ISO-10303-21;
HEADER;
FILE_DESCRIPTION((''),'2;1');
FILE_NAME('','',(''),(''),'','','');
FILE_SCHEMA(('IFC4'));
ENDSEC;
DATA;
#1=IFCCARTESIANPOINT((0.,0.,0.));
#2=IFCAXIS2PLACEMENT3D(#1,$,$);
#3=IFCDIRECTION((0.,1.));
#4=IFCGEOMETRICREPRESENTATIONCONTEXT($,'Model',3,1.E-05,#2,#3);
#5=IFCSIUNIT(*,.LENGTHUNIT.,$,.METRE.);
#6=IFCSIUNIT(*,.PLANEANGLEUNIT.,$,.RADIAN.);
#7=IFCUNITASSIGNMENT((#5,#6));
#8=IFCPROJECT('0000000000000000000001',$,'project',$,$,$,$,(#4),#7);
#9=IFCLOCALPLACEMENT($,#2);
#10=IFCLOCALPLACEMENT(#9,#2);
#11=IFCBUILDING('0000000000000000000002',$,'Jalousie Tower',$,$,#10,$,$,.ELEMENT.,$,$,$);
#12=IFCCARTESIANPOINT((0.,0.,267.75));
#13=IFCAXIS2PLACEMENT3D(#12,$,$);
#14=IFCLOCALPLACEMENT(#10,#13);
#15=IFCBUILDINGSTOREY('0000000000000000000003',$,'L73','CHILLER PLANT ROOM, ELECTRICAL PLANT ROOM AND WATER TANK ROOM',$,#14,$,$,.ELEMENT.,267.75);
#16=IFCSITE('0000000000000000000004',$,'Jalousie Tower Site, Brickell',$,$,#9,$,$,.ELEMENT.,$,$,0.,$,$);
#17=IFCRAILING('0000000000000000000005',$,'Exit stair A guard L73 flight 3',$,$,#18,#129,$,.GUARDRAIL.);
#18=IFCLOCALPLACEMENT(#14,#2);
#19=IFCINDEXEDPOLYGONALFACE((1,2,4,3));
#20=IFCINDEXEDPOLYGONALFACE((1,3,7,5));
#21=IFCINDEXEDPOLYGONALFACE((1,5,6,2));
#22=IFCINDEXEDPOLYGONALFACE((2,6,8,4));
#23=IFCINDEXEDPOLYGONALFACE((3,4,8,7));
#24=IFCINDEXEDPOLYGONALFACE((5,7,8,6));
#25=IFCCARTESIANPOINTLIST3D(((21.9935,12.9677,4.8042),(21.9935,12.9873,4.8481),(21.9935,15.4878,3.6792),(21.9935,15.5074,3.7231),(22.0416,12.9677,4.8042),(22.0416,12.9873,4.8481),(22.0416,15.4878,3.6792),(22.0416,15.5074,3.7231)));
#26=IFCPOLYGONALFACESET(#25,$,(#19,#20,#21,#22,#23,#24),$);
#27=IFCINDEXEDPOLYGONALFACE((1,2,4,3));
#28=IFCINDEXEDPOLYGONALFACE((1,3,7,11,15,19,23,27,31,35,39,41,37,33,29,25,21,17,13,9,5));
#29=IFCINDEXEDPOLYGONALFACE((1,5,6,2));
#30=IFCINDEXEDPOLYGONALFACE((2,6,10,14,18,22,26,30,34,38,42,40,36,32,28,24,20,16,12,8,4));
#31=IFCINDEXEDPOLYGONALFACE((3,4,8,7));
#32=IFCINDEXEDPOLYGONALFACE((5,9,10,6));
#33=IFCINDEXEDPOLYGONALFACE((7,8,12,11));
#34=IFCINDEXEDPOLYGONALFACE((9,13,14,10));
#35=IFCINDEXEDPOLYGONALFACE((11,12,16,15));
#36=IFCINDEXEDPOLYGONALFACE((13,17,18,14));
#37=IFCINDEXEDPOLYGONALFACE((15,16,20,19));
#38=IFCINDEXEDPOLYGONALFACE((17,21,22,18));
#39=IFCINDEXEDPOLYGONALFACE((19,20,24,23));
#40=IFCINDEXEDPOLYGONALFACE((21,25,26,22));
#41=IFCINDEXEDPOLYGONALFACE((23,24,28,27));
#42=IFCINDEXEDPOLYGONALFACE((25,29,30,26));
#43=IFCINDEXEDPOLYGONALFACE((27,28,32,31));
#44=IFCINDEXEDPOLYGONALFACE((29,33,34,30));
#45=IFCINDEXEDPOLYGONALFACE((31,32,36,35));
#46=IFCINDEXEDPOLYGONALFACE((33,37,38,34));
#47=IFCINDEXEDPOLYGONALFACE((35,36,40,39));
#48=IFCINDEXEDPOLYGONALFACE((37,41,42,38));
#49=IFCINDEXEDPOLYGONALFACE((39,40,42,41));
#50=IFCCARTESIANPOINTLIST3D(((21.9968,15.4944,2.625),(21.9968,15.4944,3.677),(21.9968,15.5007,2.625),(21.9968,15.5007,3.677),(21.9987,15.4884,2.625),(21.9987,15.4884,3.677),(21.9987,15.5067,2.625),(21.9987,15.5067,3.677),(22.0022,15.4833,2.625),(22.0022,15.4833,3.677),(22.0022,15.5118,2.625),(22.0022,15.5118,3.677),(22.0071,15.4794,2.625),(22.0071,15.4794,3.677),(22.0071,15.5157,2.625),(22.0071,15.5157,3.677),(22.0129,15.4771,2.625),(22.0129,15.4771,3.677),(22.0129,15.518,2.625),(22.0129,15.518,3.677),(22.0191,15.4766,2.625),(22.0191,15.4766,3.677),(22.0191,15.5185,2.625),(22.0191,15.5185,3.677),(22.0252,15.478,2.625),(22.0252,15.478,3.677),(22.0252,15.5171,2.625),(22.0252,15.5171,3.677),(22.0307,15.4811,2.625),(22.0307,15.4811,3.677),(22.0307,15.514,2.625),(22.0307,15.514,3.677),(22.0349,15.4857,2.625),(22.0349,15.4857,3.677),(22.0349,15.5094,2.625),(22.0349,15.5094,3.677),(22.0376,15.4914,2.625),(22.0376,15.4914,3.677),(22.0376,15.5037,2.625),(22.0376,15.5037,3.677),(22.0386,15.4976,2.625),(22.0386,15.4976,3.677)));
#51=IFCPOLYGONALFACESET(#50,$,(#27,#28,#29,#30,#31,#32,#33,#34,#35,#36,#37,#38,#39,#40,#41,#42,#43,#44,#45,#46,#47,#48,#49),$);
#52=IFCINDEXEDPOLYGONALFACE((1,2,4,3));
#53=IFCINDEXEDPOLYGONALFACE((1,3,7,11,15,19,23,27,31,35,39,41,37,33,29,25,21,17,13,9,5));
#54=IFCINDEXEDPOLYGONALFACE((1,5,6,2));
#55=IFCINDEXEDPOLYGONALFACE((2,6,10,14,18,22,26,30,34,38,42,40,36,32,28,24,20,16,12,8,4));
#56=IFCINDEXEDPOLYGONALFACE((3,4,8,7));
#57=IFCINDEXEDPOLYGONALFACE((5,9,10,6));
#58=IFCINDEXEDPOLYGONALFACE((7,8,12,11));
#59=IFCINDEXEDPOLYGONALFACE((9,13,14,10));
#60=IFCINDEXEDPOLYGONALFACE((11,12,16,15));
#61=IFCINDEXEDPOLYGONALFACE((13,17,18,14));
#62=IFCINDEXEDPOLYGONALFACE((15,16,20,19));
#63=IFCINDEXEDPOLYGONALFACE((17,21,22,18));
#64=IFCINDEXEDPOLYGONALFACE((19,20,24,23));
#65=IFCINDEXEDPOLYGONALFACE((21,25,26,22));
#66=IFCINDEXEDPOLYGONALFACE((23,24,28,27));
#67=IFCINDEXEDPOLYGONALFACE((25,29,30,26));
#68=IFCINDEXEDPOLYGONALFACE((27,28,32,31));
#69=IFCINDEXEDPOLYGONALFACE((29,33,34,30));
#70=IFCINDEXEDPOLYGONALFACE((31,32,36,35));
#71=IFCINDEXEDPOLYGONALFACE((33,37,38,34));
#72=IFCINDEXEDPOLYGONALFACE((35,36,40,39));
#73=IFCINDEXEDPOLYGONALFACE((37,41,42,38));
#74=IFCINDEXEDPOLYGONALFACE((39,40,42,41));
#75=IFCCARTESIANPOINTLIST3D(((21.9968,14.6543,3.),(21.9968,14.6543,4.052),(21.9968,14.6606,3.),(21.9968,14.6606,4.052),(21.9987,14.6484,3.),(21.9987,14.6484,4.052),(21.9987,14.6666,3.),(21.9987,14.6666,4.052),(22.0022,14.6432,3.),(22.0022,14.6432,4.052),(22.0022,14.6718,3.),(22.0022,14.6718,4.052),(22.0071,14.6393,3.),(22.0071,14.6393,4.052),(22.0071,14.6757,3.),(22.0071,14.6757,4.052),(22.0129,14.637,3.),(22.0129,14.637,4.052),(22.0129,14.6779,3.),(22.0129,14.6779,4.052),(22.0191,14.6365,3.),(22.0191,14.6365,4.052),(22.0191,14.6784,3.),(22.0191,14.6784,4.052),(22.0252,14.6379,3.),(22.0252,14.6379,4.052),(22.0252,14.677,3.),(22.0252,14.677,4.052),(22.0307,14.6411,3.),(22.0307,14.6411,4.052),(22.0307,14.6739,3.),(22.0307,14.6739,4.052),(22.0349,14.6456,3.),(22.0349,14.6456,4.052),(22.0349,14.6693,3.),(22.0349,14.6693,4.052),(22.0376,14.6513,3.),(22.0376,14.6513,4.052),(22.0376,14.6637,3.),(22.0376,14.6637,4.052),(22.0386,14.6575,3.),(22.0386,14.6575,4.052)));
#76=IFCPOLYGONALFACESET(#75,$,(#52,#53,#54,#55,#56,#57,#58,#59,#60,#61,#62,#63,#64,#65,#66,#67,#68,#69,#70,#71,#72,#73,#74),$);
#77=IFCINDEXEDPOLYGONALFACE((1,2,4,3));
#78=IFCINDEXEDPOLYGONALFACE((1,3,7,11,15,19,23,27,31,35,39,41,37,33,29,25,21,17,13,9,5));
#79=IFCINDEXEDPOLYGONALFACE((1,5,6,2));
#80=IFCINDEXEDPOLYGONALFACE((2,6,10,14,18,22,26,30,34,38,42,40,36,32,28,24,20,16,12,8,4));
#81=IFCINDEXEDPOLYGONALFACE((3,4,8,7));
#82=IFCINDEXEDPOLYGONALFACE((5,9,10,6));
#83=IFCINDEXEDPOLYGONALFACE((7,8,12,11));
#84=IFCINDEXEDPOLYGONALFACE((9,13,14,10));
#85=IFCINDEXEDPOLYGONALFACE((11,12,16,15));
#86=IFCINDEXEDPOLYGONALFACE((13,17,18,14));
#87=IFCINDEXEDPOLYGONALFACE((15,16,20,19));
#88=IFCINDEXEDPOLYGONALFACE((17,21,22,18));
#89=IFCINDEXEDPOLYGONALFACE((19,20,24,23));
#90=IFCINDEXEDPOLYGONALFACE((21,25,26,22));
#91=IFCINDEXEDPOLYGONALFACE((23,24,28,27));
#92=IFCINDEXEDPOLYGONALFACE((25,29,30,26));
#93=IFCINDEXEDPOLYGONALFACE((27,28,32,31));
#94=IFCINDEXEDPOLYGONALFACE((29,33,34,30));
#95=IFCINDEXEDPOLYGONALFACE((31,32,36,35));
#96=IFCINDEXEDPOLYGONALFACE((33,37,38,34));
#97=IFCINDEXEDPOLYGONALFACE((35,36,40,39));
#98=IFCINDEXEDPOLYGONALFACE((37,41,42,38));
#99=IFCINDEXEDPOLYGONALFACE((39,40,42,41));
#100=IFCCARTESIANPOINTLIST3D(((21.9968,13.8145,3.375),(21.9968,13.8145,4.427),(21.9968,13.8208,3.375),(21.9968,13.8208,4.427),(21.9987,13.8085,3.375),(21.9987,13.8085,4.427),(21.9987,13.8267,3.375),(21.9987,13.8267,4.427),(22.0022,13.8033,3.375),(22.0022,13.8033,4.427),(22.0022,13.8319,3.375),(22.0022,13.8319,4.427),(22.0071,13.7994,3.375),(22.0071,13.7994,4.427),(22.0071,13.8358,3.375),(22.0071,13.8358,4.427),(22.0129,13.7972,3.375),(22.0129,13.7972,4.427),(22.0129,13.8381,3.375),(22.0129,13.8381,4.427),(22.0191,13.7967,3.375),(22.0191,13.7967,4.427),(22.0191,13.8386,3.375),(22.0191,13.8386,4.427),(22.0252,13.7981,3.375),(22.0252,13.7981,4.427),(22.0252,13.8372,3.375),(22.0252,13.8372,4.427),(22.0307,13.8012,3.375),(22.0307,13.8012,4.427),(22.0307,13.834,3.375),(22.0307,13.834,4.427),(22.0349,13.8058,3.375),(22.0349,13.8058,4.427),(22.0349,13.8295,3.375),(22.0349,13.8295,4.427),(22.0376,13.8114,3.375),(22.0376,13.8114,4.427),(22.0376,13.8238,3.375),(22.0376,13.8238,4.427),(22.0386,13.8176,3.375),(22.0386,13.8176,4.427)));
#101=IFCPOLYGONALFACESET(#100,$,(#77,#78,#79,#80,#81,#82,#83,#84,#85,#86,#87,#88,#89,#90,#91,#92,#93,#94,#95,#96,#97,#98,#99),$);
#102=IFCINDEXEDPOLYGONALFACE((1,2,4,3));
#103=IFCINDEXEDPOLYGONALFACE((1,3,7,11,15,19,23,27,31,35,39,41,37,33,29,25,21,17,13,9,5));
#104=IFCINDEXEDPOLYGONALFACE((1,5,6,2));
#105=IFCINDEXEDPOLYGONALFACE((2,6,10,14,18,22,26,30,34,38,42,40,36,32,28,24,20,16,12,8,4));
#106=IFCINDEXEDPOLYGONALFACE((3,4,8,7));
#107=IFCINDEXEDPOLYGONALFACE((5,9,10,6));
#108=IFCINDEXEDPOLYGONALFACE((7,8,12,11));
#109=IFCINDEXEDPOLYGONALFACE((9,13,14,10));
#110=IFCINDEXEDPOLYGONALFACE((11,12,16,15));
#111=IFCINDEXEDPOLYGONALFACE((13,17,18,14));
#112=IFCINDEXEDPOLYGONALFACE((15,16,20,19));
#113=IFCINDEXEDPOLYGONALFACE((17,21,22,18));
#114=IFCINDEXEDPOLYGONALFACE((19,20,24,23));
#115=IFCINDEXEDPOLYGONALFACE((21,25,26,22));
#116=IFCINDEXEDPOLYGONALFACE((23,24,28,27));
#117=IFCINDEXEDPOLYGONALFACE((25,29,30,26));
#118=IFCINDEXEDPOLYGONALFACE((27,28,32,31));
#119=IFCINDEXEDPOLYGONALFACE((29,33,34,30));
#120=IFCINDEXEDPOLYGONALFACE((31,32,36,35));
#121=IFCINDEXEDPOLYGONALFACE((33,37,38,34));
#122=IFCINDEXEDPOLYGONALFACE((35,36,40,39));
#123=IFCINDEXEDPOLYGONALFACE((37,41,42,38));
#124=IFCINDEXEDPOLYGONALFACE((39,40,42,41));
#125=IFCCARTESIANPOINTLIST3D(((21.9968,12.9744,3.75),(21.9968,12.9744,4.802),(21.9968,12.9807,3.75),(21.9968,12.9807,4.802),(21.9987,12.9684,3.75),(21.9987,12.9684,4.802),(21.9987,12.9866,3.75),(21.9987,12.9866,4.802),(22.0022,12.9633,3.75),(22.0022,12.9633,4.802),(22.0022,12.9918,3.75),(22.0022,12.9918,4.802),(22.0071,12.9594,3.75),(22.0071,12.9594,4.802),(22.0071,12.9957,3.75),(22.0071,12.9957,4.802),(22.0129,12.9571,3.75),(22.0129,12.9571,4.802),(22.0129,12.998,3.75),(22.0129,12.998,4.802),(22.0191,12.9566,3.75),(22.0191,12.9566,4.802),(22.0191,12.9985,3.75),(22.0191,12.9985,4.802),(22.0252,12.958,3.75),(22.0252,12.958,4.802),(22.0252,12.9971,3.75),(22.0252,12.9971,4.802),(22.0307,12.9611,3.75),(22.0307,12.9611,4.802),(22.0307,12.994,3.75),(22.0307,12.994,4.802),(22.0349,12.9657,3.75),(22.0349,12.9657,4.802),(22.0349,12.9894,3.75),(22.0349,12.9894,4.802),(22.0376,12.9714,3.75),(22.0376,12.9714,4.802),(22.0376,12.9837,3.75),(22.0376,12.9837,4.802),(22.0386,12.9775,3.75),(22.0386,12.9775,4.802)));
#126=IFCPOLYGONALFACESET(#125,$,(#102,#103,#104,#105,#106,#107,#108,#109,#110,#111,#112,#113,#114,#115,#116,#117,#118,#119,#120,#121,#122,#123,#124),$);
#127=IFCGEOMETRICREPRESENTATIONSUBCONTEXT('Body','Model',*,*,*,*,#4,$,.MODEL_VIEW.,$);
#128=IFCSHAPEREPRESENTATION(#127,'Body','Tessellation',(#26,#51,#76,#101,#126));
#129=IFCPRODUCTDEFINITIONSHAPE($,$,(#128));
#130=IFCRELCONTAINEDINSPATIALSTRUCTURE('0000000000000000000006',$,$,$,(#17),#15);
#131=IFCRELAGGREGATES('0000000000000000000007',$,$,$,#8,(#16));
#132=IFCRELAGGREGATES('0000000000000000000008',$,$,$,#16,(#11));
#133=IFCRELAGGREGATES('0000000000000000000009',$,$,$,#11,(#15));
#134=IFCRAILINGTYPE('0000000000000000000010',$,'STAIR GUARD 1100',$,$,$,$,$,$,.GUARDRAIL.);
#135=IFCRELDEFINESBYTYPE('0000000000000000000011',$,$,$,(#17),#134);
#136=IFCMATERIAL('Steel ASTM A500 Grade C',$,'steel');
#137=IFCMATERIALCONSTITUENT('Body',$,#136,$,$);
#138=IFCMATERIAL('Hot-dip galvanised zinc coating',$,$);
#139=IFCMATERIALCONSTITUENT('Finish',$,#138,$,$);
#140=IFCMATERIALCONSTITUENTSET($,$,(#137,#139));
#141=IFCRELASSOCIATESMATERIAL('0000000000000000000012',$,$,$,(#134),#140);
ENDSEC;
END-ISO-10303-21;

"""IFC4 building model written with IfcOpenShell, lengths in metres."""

from ifc_helpers import new_model, si_unit, direction, frame, origin, origin_2d, place, context, subcontext, project, spatial, rectangle, circle, extrude, material, constituent, constituent_set, type_object, element, save


model = new_model("IFC4")

# Units and contexts
model_context = context("Model", 3, precision=1e-05, world=origin(), true_north=direction((0.0, 1.0)))
body_context = subcontext(model_context, "Body", "Model", "MODEL_VIEW")
ifc_project = project(units=[si_unit("LENGTHUNIT", "METRE"), si_unit("PLANEANGLEUNIT", "RADIAN")], contexts=[model_context])

# Site, building, storey
site_placement = place(None, origin())
site = spatial("IfcSite", under=ifc_project, at=site_placement, Name="Jalousie Tower Site, Brickell", CompositionType="ELEMENT", RefElevation=0.0)
building_placement = place(site_placement, origin())
building = spatial("IfcBuilding", under=site, at=building_placement, Name="Jalousie Tower", CompositionType="ELEMENT")
storey_placement = place(building_placement, frame((0.0, 0.0, 267.75)))
storey = spatial("IfcBuildingStorey", under=building, at=storey_placement, Name="L73", Description="CHILLER PLANT ROOM, ELECTRICAL PLANT ROOM AND WATER TANK ROOM", CompositionType="ELEMENT", Elevation=267.75)

# Railing
ifc_material_1 = material(Name="Steel ASTM A500 Grade C", Category="steel")
ifc_constituent_1 = constituent(ifc_material_1, Name="Body")
ifc_material_2 = material(Name="Hot-dip galvanised zinc coating")
ifc_constituent_2 = constituent(ifc_material_2, Name="Finish")
ifc_constituent_set_1 = constituent_set(constituents=[ifc_constituent_1, ifc_constituent_2])
railing_type_1 = type_object("IfcRailingType", Name="STAIR GUARD 1100", PredefinedType="GUARDRAIL", material=ifc_constituent_set_1)
railing_1_placement = place(storey_placement, frame((22.0176, 15.4976, 2.625)))
element("IfcRailing", 1, at=railing_1_placement, inside=storey, type_object=railing_type_1, Name="Exit stair A guard L73 flight 3", PredefinedType="GUARDRAIL", context=body_context, shape_type="SweptSolid", body=[
    extrude(rectangle(XDim=0.0481, YDim=0.0481, at=origin_2d()), frame((0.0, 0.0, 1.0762), z_axis=(0.0, -0.913139, 0.407648), x_axis=(1.0, 0.0, 0.0)), (0.0, 0.0, 1.0), 2.7598),
    extrude(circle(Radius=0.021, at=origin_2d()), origin(), (0.0, 0.0, 1.0), 1.052),
    extrude(circle(Radius=0.021, at=origin_2d()), frame((0.0, -0.8401, 0.375)), (0.0, 0.0, 1.0), 1.052),
    extrude(circle(Radius=0.021, at=origin_2d()), frame((0.0, -1.6799, 0.75)), (0.0, 0.0, 1.0), 1.052),
    extrude(circle(Radius=0.021, at=origin_2d()), frame((0.0, -2.52, 1.125)), (0.0, 0.0, 1.0), 1.052),
])

save(model, "model.ifc")
